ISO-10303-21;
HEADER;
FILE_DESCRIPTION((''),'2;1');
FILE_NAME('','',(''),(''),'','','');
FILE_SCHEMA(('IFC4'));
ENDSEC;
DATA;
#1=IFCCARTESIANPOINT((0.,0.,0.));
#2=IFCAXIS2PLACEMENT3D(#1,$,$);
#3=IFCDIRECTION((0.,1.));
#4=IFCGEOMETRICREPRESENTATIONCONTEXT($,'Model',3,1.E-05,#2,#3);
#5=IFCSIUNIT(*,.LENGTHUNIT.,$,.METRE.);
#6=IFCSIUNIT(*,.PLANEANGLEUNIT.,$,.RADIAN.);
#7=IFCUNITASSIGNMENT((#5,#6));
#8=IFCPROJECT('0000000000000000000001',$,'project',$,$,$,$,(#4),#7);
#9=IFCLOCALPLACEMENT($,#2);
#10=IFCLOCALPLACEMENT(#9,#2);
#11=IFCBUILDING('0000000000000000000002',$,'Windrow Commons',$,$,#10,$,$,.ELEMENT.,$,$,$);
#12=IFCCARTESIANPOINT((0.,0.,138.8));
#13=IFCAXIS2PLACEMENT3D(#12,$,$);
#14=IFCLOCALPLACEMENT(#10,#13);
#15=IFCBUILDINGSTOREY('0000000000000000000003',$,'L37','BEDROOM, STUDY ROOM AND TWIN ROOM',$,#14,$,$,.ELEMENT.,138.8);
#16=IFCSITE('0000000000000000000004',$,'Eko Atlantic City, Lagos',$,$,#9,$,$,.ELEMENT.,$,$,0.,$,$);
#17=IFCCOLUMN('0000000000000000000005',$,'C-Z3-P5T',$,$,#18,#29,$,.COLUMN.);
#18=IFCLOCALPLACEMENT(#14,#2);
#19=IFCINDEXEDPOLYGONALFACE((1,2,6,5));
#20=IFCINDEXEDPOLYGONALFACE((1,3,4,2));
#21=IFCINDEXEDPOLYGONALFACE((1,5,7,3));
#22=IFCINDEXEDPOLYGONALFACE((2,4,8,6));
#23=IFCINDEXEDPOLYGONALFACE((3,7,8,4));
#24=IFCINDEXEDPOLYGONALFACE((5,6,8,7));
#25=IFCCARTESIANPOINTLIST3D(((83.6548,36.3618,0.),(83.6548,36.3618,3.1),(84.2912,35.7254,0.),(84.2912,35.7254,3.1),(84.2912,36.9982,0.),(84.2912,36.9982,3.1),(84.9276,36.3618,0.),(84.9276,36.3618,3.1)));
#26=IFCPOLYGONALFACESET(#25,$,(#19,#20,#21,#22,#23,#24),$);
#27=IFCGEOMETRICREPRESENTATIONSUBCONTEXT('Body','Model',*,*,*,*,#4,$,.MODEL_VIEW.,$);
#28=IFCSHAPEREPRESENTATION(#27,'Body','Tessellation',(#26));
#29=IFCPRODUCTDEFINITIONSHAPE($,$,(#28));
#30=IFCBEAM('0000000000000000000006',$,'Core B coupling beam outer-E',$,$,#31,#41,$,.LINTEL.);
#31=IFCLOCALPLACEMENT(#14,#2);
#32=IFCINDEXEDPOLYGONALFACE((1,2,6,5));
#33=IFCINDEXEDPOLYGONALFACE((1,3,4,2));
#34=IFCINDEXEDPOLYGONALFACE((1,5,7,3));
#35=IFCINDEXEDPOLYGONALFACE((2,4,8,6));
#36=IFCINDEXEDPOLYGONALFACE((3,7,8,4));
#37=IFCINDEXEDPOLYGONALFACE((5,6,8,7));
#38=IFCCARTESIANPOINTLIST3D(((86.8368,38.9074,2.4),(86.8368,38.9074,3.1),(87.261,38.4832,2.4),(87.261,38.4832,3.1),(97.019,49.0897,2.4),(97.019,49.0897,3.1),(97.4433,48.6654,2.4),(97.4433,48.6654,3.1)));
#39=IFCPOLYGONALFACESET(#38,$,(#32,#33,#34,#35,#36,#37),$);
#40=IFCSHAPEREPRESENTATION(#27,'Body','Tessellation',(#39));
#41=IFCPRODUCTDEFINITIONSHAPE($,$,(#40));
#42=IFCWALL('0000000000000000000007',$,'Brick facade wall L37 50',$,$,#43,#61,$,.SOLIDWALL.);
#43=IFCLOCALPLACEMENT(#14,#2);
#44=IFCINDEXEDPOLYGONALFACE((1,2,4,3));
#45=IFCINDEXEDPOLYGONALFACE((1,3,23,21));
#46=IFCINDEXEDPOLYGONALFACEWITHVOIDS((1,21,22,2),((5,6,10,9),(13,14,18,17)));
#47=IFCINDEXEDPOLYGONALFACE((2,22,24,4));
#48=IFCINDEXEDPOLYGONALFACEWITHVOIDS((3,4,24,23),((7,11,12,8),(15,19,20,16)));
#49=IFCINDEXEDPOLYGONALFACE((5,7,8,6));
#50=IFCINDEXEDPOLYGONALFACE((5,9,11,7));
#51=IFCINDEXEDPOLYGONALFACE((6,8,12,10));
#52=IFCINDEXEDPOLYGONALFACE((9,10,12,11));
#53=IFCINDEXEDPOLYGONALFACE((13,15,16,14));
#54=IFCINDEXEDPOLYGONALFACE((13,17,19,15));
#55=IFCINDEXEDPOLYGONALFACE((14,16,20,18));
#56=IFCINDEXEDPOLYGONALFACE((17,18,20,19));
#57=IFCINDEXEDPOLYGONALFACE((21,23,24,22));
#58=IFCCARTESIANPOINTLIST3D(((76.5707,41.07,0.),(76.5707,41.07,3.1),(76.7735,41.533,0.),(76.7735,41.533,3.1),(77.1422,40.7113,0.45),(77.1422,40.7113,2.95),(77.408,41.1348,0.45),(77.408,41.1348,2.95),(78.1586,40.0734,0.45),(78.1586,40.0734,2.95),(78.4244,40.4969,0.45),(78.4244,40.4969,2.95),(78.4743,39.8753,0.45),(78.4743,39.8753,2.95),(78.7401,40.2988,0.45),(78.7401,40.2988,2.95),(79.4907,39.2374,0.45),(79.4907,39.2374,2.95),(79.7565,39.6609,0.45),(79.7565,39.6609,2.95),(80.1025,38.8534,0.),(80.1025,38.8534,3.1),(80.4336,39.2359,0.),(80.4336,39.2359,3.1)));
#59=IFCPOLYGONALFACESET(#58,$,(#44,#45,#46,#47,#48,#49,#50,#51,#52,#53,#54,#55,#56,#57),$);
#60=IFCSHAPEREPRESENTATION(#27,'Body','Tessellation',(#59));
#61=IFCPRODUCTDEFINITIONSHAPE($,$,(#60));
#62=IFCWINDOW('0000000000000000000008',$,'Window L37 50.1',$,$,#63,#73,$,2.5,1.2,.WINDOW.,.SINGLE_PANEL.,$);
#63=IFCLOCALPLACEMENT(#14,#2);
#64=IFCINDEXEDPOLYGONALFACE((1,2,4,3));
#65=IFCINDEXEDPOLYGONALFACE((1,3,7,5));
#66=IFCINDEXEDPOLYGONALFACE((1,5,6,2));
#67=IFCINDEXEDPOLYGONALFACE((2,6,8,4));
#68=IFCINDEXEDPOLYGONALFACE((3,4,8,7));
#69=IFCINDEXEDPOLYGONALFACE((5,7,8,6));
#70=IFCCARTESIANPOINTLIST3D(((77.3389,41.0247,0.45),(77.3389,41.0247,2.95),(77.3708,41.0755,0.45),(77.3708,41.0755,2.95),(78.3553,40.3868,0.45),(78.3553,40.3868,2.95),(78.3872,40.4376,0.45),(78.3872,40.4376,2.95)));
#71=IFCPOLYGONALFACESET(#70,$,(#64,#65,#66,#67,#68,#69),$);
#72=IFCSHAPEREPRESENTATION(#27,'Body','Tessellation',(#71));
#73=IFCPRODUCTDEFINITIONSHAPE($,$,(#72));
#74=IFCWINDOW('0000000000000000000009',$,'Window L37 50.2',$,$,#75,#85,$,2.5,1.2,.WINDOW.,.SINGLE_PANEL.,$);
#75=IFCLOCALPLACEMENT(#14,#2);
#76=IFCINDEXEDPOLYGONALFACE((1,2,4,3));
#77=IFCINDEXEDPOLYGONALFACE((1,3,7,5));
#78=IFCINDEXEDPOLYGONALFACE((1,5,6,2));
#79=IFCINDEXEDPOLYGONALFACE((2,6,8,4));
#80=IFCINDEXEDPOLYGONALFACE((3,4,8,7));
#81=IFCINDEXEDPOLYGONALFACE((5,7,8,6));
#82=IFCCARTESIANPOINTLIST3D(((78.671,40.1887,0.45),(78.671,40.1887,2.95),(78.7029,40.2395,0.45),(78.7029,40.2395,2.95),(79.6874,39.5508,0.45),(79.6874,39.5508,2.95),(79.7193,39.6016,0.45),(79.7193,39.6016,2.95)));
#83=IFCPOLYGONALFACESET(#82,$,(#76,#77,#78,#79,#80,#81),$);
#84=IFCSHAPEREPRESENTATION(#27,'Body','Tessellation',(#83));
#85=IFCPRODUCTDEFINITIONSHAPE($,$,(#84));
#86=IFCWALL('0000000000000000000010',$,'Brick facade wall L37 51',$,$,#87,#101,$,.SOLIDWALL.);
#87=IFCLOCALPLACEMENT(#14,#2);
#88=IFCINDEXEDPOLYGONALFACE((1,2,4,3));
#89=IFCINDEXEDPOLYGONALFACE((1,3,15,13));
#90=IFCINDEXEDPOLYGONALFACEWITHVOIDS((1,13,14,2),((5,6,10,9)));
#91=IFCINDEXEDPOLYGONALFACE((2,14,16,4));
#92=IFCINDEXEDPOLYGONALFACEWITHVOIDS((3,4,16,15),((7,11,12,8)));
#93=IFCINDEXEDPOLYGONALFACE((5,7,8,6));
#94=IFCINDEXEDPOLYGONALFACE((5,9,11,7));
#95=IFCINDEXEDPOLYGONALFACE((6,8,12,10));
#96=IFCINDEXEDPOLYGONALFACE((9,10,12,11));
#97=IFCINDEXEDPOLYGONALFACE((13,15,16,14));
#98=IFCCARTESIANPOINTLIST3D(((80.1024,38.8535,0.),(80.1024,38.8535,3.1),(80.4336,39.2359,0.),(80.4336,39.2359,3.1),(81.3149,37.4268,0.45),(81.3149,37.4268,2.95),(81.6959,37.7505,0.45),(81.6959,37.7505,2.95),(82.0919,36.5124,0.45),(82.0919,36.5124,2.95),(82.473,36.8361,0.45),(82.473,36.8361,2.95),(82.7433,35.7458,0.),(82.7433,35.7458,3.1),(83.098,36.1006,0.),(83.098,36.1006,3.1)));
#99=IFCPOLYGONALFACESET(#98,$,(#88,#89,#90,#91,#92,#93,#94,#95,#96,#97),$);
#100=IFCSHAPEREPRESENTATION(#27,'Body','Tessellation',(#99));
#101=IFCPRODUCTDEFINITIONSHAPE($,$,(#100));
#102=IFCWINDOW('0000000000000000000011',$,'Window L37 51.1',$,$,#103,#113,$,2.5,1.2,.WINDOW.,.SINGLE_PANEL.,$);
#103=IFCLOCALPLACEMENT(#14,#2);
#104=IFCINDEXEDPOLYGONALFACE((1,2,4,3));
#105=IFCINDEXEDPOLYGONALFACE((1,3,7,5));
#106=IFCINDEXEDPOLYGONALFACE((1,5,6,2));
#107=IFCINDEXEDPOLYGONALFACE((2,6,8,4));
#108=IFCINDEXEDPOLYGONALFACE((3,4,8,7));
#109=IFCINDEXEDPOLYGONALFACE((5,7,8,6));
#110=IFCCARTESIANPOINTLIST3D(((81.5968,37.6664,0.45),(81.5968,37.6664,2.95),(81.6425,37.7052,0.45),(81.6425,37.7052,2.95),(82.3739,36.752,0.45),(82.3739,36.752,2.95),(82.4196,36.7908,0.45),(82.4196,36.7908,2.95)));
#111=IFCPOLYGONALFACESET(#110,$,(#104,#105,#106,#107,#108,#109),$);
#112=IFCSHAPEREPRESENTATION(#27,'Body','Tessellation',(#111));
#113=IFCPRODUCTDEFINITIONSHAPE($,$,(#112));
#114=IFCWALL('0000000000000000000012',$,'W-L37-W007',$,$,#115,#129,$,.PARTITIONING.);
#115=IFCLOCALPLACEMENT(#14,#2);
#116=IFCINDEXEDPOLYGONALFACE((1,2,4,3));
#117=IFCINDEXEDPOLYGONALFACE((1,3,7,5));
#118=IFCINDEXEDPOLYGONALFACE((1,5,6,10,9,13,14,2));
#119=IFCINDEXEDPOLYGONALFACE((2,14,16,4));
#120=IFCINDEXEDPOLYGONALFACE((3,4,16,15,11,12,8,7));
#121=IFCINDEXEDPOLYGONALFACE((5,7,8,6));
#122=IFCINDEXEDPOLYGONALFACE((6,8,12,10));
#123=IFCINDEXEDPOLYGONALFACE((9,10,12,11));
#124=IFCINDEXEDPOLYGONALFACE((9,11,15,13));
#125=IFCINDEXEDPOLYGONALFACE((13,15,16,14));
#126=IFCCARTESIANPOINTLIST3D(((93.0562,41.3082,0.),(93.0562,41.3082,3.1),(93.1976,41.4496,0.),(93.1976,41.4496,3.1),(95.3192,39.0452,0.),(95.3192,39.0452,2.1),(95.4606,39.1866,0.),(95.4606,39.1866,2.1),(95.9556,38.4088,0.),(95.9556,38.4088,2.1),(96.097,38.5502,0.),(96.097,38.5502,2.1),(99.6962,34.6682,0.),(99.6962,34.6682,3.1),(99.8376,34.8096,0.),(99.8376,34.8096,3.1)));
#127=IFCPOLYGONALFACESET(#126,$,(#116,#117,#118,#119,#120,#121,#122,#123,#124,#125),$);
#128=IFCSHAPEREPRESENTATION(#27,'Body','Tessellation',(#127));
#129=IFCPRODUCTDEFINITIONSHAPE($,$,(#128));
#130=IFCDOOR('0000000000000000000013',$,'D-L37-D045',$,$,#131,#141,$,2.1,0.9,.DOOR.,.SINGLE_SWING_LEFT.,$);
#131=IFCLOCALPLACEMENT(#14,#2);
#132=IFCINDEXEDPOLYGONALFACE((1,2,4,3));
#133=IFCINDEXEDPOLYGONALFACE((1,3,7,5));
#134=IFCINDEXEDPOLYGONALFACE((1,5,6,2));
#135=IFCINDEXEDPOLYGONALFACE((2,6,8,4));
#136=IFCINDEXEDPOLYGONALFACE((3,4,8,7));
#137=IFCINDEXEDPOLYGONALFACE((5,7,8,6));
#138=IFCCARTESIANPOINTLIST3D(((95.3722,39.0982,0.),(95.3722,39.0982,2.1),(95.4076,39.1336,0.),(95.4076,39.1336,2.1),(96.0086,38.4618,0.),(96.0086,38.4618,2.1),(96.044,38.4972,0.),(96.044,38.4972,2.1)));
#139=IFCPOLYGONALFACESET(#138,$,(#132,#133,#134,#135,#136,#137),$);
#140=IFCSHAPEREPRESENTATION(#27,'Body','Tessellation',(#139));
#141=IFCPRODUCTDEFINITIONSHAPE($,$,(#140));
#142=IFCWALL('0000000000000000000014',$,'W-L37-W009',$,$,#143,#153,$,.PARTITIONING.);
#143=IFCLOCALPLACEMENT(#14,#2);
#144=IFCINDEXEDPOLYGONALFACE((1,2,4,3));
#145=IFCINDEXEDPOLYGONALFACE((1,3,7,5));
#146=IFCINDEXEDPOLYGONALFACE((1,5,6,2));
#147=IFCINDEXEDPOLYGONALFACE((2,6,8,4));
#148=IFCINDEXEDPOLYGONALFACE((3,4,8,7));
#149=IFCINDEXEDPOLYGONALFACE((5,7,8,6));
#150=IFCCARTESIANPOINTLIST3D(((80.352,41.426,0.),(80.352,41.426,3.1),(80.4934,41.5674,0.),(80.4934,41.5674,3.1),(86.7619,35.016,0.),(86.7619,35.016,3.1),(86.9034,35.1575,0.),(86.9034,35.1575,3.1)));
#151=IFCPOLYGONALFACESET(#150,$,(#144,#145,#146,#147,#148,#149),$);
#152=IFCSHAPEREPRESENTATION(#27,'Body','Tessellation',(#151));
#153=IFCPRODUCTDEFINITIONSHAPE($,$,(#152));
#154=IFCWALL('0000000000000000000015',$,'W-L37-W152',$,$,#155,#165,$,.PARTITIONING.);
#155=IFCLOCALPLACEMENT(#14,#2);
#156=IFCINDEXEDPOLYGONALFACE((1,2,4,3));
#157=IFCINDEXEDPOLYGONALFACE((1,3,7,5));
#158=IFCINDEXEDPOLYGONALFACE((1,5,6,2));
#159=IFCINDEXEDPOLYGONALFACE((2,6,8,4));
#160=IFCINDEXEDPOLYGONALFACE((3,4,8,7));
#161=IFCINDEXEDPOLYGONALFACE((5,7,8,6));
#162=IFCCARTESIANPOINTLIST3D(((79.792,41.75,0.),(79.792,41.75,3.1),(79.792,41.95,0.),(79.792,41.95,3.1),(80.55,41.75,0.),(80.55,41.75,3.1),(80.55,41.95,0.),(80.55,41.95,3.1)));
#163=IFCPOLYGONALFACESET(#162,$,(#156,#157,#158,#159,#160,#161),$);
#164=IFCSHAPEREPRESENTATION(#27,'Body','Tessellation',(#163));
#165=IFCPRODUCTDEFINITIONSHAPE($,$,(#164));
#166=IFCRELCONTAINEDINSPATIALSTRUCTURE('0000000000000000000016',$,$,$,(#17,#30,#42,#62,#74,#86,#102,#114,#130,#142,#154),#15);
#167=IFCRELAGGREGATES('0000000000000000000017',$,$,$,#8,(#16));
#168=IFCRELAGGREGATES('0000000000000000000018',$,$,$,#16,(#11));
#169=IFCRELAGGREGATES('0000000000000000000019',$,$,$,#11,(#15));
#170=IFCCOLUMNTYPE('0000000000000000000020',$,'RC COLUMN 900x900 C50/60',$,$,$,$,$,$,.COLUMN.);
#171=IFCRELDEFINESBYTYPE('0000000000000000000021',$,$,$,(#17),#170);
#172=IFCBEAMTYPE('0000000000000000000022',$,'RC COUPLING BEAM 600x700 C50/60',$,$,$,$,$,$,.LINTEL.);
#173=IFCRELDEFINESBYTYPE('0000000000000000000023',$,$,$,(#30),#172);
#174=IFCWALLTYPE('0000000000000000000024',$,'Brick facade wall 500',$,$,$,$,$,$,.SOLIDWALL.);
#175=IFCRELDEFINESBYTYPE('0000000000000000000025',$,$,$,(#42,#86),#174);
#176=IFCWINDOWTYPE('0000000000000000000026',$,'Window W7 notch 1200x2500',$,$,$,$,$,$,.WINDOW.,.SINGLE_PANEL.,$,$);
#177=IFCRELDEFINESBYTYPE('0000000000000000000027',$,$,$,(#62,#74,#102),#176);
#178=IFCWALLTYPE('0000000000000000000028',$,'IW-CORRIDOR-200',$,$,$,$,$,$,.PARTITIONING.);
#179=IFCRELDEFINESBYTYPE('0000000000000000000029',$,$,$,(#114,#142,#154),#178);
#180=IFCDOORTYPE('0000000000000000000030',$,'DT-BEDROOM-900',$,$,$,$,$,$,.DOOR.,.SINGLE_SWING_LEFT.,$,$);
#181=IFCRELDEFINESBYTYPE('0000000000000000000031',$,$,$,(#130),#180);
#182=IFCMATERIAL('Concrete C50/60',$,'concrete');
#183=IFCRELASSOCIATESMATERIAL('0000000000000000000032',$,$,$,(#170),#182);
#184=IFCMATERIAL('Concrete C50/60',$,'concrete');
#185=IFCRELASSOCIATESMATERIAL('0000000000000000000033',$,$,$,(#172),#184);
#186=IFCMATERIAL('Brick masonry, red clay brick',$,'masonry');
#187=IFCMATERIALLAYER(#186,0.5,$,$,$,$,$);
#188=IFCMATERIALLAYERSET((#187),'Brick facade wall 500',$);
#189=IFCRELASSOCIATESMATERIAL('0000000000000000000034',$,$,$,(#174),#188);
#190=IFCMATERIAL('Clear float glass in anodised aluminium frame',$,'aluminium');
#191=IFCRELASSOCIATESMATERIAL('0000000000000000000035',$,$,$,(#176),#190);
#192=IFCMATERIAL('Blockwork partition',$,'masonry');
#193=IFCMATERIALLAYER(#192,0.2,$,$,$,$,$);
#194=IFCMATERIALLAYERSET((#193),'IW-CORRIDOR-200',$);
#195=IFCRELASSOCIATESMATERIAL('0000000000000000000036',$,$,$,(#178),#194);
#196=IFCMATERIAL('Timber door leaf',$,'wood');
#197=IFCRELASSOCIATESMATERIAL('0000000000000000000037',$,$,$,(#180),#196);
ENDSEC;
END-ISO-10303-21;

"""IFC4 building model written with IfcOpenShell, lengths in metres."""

from ifc_helpers import new_model, si_unit, direction, frame, frame_2d, origin, origin_2d, place, context, subcontext, project, spatial, polyline, rectangle, outline, extrude, material, layer, layer_set, material_profile, profile_set, type_object, element, fill, save


model = new_model("IFC4")

# Units and contexts
model_context = context("Model", 3, precision=1e-05, world=origin(), true_north=direction((0.0, 1.0)))
body_context = subcontext(model_context, "Body", "Model", "MODEL_VIEW")
ifc_project = project(units=[si_unit("LENGTHUNIT", "METRE"), si_unit("PLANEANGLEUNIT", "RADIAN")], contexts=[model_context])

# Site, building, storey
site_placement = place(None, origin())
site = spatial("IfcSite", under=ifc_project, at=site_placement, Name="Eko Atlantic City, Lagos", CompositionType="ELEMENT", RefElevation=0.0)
building_placement = place(site_placement, origin())
building = spatial("IfcBuilding", under=site, at=building_placement, Name="Windrow Commons", CompositionType="ELEMENT")
storey_placement = place(building_placement, frame((0.0, 0.0, 138.8)))
storey = spatial("IfcBuildingStorey", under=building, at=storey_placement, Name="L37", Description="BEDROOM, STUDY ROOM AND TWIN ROOM", CompositionType="ELEMENT", Elevation=138.8)

# Column
ifc_material_1 = material(Name="Concrete C50/60", Category="concrete")
ifc_material_profile_1 = material_profile(ifc_material_1, rectangle(XDim=0.9, YDim=0.9, at=origin_2d()))
ifc_profile_set_1 = profile_set([ifc_material_profile_1], Name="Concrete C50/60")
column_type = type_object("IfcColumnType", Name="RC COLUMN 900x900 C50/60", PredefinedType="COLUMN", material=ifc_profile_set_1)
column_placement = place(storey_placement, frame((84.2912, 36.3618, 0.0), z_axis=(0.0, 0.0, 1.0), x_axis=(0.707107, -0.707107, 0.0)))
element("IfcColumn", 1, at=column_placement, inside=storey, type_object=column_type, Name="C-Z3-P5T", PredefinedType="COLUMN", context=body_context, shape_type="SweptSolid", body=[
    extrude(rectangle(XDim=0.9, YDim=0.9, at=origin_2d()), origin(), (0.0, 0.0, 1.0), 3.1),
])

# Beam
ifc_material_2 = material(Name="Concrete C50/60", Category="concrete")
ifc_material_profile_2 = material_profile(ifc_material_2, rectangle(XDim=0.6, YDim=0.7, at=origin_2d()))
ifc_profile_set_2 = profile_set([ifc_material_profile_2], Name="Concrete C50/60")
beam_type = type_object("IfcBeamType", Name="RC COUPLING BEAM 600x700 C50/60", PredefinedType="LINTEL", material=ifc_profile_set_2)
beam_placement = place(storey_placement, frame((87.0489, 38.6953, 2.75), z_axis=(0.707107, 0.707107, 0.0), x_axis=(-0.707107, 0.707107, 0.0)))
element("IfcBeam", 2, at=beam_placement, inside=storey, type_object=beam_type, Name="Core B coupling beam outer-E", PredefinedType="LINTEL", context=body_context, shape_type="SweptSolid", body=[
    extrude(rectangle(XDim=0.6, YDim=0.7, at=origin_2d()), origin(), (0.0, 0.0, 1.0), 14.3999),
])

# Wall, openings, windows
ifc_material_3 = material(Name="Brick masonry, red clay brick", Category="masonry")
ifc_layer_1 = layer(ifc_material_3, 0.5)
ifc_layer_set_1 = layer_set([ifc_layer_1], Name="Brick facade wall 500")
wall_type_1 = type_object("IfcWallType", Name="Brick facade wall 500", PredefinedType="SOLIDWALL", material=ifc_layer_set_1)
wall_1_placement = place(storey_placement, frame((76.6721, 41.3015, 0.0), z_axis=(0.0, 0.0, 1.0), x_axis=(0.847006, -0.531584, 0.0)))
wall_1 = element("IfcWall", 3, at=wall_1_placement, inside=storey, type_object=wall_type_1, Name="Brick facade wall L37 50", PredefinedType="SOLIDWALL", context=body_context, shape_type="SweptSolid", body=[
    extrude(outline(polyline([(0.0372, -0.25), (4.2069, -0.25), (4.284, 0.25), (-0.0372, 0.25), (0.0372, -0.25)])), origin(), (0.0, 0.0, 1.0), 3.1),
])
opening_1_placement = place(wall_1_placement, frame((0.7119, 0.0, 0.45)))
opening_1 = element("IfcOpeningElement", 4, at=opening_1_placement, cuts=wall_1, PredefinedType="OPENING", context=body_context, shape_type="SweptSolid", body=[
    extrude(rectangle(XDim=1.2, YDim=2.5, at=frame_2d((0.6, 1.25))), frame((0.0, 0.26, 0.0), z_axis=(0.0, -1.0, 0.0), x_axis=(1.0, 0.0, 0.0)), (0.0, 0.0, 1.0), 0.52),
])
opening_2_placement = place(wall_1_placement, frame((2.2846, 0.0, 0.45)))
opening_2 = element("IfcOpeningElement", 5, at=opening_2_placement, cuts=wall_1, PredefinedType="OPENING", context=body_context, shape_type="SweptSolid", body=[
    extrude(rectangle(XDim=1.2, YDim=2.5, at=frame_2d((0.6, 1.25))), frame((0.0, 0.26, 0.0), z_axis=(0.0, -1.0, 0.0), x_axis=(1.0, 0.0, 0.0)), (0.0, 0.0, 1.0), 0.52),
])
ifc_material_4 = material(Name="Clear float glass in anodised aluminium frame", Category="aluminium")
window_type = type_object("IfcWindowType", Name="Window W7 notch 1200x2500", PartitioningType="SINGLE_PANEL", PredefinedType="WINDOW", material=ifc_material_4)
window_1_placement = place(opening_1_placement, origin())
window_1 = element("IfcWindow", 6, at=window_1_placement, inside=storey, type_object=window_type, Name="Window L37 50.1", OverallHeight=2.5, OverallWidth=1.2, PartitioningType="SINGLE_PANEL", PredefinedType="WINDOW", context=body_context, shape_type="SweptSolid", body=[
    extrude(rectangle(XDim=1.2, YDim=2.5, at=frame_2d((0.6, 1.25))), frame((0.0, 0.18, 0.0), z_axis=(0.0, -1.0, 0.0), x_axis=(1.0, 0.0, 0.0)), (0.0, 0.0, 1.0), 0.06),
])
fill(opening_1, window_1)
window_2_placement = place(opening_2_placement, origin())
window_2 = element("IfcWindow", 7, at=window_2_placement, inside=storey, type_object=window_type, Name="Window L37 50.2", OverallHeight=2.5, OverallWidth=1.2, PartitioningType="SINGLE_PANEL", PredefinedType="WINDOW", context=body_context, shape_type="SweptSolid", body=[
    extrude(rectangle(XDim=1.2, YDim=2.5, at=frame_2d((0.6, 1.25))), frame((0.0, 0.18, 0.0), z_axis=(0.0, -1.0, 0.0), x_axis=(1.0, 0.0, 0.0)), (0.0, 0.0, 1.0), 0.06),
])
fill(opening_2, window_2)

# Wall, opening, window
wall_2_placement = place(storey_placement, frame((80.268, 39.0447, 0.0), z_axis=(0.0, 0.0, 1.0), x_axis=(0.647567, -0.762009, 0.0)))
wall_2 = element("IfcWall", 8, at=wall_2_placement, inside=storey, type_object=wall_type_1, Name="Brick facade wall L37 51", PredefinedType="SOLIDWALL", context=body_context, shape_type="SweptSolid", body=[
    extrude(outline(polyline([(0.0385, -0.25), (4.1167, -0.25), (4.0761, 0.25), (-0.0385, 0.25), (0.0385, -0.25)])), origin(), (0.0, 0.0, 1.0), 3.1),
])
opening_3_placement = place(wall_2_placement, frame((1.9108, 0.0, 0.45)))
opening_3 = element("IfcOpeningElement", 9, at=opening_3_placement, cuts=wall_2, PredefinedType="OPENING", context=body_context, shape_type="SweptSolid", body=[
    extrude(rectangle(XDim=1.2, YDim=2.5, at=frame_2d((0.6, 1.25))), frame((0.0, 0.26, 0.0), z_axis=(0.0, -1.0, 0.0), x_axis=(1.0, 0.0, 0.0)), (0.0, 0.0, 1.0), 0.52),
])
window_3_placement = place(opening_3_placement, origin())
window_3 = element("IfcWindow", 10, at=window_3_placement, inside=storey, type_object=window_type, Name="Window L37 51.1", OverallHeight=2.5, OverallWidth=1.2, PartitioningType="SINGLE_PANEL", PredefinedType="WINDOW", context=body_context, shape_type="SweptSolid", body=[
    extrude(rectangle(XDim=1.2, YDim=2.5, at=frame_2d((0.6, 1.25))), frame((0.0, 0.18, 0.0), z_axis=(0.0, -1.0, 0.0), x_axis=(1.0, 0.0, 0.0)), (0.0, 0.0, 1.0), 0.06),
])
fill(opening_3, window_3)

# Wall, opening, door
ifc_material_5 = material(Name="Blockwork partition", Category="masonry")
ifc_layer_2 = layer(ifc_material_5, 0.2)
ifc_layer_set_2 = layer_set([ifc_layer_2], Name="IW-CORRIDOR-200")
wall_type_2 = type_object("IfcWallType", Name="IW-CORRIDOR-200", PredefinedType="PARTITIONING", material=ifc_layer_set_2)
wall_3_placement = place(storey_placement, frame((93.1269, 41.3789, 0.0), z_axis=(0.0, 0.0, 1.0), x_axis=(0.707107, -0.707107, 0.0)))
wall_3 = element("IfcWall", 11, at=wall_3_placement, inside=storey, type_object=wall_type_2, Name="W-L37-W007", PredefinedType="PARTITIONING", context=body_context, shape_type="SweptSolid", body=[
    extrude(rectangle(XDim=9.3904, YDim=0.2, at=frame_2d((4.6952, 0.0))), origin(), (0.0, 0.0, 1.0), 3.1),
])
opening_4_placement = place(wall_3_placement, frame((3.2004, 0.0, 0.0)))
opening_4 = element("IfcOpeningElement", 12, at=opening_4_placement, cuts=wall_3, PredefinedType="OPENING", context=body_context, shape_type="SweptSolid", body=[
    extrude(rectangle(XDim=0.9, YDim=2.1, at=frame_2d((0.45, 1.05))), frame((0.0, 0.11, 0.0), z_axis=(0.0, -1.0, 0.0), x_axis=(1.0, 0.0, 0.0)), (0.0, 0.0, 1.0), 0.22),
])
ifc_material_6 = material(Name="Timber door leaf", Category="wood")
door_type_1 = type_object("IfcDoorType", Name="DT-BEDROOM-900", OperationType="SINGLE_SWING_LEFT", PredefinedType="DOOR", material=ifc_material_6)
door_1_placement = place(opening_4_placement, origin())
door_1 = element("IfcDoor", 13, at=door_1_placement, inside=storey, type_object=door_type_1, Name="D-L37-D045", OperationType="SINGLE_SWING_LEFT", OverallHeight=2.1, OverallWidth=0.9, PredefinedType="DOOR", context=body_context, shape_type="SweptSolid", body=[
    extrude(rectangle(XDim=0.9, YDim=2.1, at=frame_2d((0.45, 1.05))), frame((0.0, 0.025, 0.0), z_axis=(0.0, -1.0, 0.0), x_axis=(1.0, 0.0, 0.0)), (0.0, 0.0, 1.0), 0.05),
])
fill(opening_4, door_1)

# Walls
wall_4_placement = place(storey_placement, frame((80.4227, 41.4967, 0.0), z_axis=(0.0, 0.0, 1.0), x_axis=(0.707107, -0.707107, 0.0)))
element("IfcWall", 14, at=wall_4_placement, inside=storey, type_object=wall_type_2, Name="W-L37-W009", PredefinedType="PARTITIONING", context=body_context, shape_type="SweptSolid", body=[
    extrude(rectangle(XDim=9.0651, YDim=0.2, at=frame_2d((4.5325, 0.0))), origin(), (0.0, 0.0, 1.0), 3.1),
])
wall_5_placement = place(storey_placement, frame((79.792, 41.85, 0.0), z_axis=(0.0, 0.0, 1.0), x_axis=(1.0, 0.0, 0.0)))
element("IfcWall", 15, at=wall_5_placement, inside=storey, type_object=wall_type_2, Name="W-L37-W152", PredefinedType="PARTITIONING", context=body_context, shape_type="SweptSolid", body=[
    extrude(rectangle(XDim=0.758, YDim=0.2, at=frame_2d((0.379, 0.0))), origin(), (0.0, 0.0, 1.0), 3.1),
])

save(model, "model.ifc")
